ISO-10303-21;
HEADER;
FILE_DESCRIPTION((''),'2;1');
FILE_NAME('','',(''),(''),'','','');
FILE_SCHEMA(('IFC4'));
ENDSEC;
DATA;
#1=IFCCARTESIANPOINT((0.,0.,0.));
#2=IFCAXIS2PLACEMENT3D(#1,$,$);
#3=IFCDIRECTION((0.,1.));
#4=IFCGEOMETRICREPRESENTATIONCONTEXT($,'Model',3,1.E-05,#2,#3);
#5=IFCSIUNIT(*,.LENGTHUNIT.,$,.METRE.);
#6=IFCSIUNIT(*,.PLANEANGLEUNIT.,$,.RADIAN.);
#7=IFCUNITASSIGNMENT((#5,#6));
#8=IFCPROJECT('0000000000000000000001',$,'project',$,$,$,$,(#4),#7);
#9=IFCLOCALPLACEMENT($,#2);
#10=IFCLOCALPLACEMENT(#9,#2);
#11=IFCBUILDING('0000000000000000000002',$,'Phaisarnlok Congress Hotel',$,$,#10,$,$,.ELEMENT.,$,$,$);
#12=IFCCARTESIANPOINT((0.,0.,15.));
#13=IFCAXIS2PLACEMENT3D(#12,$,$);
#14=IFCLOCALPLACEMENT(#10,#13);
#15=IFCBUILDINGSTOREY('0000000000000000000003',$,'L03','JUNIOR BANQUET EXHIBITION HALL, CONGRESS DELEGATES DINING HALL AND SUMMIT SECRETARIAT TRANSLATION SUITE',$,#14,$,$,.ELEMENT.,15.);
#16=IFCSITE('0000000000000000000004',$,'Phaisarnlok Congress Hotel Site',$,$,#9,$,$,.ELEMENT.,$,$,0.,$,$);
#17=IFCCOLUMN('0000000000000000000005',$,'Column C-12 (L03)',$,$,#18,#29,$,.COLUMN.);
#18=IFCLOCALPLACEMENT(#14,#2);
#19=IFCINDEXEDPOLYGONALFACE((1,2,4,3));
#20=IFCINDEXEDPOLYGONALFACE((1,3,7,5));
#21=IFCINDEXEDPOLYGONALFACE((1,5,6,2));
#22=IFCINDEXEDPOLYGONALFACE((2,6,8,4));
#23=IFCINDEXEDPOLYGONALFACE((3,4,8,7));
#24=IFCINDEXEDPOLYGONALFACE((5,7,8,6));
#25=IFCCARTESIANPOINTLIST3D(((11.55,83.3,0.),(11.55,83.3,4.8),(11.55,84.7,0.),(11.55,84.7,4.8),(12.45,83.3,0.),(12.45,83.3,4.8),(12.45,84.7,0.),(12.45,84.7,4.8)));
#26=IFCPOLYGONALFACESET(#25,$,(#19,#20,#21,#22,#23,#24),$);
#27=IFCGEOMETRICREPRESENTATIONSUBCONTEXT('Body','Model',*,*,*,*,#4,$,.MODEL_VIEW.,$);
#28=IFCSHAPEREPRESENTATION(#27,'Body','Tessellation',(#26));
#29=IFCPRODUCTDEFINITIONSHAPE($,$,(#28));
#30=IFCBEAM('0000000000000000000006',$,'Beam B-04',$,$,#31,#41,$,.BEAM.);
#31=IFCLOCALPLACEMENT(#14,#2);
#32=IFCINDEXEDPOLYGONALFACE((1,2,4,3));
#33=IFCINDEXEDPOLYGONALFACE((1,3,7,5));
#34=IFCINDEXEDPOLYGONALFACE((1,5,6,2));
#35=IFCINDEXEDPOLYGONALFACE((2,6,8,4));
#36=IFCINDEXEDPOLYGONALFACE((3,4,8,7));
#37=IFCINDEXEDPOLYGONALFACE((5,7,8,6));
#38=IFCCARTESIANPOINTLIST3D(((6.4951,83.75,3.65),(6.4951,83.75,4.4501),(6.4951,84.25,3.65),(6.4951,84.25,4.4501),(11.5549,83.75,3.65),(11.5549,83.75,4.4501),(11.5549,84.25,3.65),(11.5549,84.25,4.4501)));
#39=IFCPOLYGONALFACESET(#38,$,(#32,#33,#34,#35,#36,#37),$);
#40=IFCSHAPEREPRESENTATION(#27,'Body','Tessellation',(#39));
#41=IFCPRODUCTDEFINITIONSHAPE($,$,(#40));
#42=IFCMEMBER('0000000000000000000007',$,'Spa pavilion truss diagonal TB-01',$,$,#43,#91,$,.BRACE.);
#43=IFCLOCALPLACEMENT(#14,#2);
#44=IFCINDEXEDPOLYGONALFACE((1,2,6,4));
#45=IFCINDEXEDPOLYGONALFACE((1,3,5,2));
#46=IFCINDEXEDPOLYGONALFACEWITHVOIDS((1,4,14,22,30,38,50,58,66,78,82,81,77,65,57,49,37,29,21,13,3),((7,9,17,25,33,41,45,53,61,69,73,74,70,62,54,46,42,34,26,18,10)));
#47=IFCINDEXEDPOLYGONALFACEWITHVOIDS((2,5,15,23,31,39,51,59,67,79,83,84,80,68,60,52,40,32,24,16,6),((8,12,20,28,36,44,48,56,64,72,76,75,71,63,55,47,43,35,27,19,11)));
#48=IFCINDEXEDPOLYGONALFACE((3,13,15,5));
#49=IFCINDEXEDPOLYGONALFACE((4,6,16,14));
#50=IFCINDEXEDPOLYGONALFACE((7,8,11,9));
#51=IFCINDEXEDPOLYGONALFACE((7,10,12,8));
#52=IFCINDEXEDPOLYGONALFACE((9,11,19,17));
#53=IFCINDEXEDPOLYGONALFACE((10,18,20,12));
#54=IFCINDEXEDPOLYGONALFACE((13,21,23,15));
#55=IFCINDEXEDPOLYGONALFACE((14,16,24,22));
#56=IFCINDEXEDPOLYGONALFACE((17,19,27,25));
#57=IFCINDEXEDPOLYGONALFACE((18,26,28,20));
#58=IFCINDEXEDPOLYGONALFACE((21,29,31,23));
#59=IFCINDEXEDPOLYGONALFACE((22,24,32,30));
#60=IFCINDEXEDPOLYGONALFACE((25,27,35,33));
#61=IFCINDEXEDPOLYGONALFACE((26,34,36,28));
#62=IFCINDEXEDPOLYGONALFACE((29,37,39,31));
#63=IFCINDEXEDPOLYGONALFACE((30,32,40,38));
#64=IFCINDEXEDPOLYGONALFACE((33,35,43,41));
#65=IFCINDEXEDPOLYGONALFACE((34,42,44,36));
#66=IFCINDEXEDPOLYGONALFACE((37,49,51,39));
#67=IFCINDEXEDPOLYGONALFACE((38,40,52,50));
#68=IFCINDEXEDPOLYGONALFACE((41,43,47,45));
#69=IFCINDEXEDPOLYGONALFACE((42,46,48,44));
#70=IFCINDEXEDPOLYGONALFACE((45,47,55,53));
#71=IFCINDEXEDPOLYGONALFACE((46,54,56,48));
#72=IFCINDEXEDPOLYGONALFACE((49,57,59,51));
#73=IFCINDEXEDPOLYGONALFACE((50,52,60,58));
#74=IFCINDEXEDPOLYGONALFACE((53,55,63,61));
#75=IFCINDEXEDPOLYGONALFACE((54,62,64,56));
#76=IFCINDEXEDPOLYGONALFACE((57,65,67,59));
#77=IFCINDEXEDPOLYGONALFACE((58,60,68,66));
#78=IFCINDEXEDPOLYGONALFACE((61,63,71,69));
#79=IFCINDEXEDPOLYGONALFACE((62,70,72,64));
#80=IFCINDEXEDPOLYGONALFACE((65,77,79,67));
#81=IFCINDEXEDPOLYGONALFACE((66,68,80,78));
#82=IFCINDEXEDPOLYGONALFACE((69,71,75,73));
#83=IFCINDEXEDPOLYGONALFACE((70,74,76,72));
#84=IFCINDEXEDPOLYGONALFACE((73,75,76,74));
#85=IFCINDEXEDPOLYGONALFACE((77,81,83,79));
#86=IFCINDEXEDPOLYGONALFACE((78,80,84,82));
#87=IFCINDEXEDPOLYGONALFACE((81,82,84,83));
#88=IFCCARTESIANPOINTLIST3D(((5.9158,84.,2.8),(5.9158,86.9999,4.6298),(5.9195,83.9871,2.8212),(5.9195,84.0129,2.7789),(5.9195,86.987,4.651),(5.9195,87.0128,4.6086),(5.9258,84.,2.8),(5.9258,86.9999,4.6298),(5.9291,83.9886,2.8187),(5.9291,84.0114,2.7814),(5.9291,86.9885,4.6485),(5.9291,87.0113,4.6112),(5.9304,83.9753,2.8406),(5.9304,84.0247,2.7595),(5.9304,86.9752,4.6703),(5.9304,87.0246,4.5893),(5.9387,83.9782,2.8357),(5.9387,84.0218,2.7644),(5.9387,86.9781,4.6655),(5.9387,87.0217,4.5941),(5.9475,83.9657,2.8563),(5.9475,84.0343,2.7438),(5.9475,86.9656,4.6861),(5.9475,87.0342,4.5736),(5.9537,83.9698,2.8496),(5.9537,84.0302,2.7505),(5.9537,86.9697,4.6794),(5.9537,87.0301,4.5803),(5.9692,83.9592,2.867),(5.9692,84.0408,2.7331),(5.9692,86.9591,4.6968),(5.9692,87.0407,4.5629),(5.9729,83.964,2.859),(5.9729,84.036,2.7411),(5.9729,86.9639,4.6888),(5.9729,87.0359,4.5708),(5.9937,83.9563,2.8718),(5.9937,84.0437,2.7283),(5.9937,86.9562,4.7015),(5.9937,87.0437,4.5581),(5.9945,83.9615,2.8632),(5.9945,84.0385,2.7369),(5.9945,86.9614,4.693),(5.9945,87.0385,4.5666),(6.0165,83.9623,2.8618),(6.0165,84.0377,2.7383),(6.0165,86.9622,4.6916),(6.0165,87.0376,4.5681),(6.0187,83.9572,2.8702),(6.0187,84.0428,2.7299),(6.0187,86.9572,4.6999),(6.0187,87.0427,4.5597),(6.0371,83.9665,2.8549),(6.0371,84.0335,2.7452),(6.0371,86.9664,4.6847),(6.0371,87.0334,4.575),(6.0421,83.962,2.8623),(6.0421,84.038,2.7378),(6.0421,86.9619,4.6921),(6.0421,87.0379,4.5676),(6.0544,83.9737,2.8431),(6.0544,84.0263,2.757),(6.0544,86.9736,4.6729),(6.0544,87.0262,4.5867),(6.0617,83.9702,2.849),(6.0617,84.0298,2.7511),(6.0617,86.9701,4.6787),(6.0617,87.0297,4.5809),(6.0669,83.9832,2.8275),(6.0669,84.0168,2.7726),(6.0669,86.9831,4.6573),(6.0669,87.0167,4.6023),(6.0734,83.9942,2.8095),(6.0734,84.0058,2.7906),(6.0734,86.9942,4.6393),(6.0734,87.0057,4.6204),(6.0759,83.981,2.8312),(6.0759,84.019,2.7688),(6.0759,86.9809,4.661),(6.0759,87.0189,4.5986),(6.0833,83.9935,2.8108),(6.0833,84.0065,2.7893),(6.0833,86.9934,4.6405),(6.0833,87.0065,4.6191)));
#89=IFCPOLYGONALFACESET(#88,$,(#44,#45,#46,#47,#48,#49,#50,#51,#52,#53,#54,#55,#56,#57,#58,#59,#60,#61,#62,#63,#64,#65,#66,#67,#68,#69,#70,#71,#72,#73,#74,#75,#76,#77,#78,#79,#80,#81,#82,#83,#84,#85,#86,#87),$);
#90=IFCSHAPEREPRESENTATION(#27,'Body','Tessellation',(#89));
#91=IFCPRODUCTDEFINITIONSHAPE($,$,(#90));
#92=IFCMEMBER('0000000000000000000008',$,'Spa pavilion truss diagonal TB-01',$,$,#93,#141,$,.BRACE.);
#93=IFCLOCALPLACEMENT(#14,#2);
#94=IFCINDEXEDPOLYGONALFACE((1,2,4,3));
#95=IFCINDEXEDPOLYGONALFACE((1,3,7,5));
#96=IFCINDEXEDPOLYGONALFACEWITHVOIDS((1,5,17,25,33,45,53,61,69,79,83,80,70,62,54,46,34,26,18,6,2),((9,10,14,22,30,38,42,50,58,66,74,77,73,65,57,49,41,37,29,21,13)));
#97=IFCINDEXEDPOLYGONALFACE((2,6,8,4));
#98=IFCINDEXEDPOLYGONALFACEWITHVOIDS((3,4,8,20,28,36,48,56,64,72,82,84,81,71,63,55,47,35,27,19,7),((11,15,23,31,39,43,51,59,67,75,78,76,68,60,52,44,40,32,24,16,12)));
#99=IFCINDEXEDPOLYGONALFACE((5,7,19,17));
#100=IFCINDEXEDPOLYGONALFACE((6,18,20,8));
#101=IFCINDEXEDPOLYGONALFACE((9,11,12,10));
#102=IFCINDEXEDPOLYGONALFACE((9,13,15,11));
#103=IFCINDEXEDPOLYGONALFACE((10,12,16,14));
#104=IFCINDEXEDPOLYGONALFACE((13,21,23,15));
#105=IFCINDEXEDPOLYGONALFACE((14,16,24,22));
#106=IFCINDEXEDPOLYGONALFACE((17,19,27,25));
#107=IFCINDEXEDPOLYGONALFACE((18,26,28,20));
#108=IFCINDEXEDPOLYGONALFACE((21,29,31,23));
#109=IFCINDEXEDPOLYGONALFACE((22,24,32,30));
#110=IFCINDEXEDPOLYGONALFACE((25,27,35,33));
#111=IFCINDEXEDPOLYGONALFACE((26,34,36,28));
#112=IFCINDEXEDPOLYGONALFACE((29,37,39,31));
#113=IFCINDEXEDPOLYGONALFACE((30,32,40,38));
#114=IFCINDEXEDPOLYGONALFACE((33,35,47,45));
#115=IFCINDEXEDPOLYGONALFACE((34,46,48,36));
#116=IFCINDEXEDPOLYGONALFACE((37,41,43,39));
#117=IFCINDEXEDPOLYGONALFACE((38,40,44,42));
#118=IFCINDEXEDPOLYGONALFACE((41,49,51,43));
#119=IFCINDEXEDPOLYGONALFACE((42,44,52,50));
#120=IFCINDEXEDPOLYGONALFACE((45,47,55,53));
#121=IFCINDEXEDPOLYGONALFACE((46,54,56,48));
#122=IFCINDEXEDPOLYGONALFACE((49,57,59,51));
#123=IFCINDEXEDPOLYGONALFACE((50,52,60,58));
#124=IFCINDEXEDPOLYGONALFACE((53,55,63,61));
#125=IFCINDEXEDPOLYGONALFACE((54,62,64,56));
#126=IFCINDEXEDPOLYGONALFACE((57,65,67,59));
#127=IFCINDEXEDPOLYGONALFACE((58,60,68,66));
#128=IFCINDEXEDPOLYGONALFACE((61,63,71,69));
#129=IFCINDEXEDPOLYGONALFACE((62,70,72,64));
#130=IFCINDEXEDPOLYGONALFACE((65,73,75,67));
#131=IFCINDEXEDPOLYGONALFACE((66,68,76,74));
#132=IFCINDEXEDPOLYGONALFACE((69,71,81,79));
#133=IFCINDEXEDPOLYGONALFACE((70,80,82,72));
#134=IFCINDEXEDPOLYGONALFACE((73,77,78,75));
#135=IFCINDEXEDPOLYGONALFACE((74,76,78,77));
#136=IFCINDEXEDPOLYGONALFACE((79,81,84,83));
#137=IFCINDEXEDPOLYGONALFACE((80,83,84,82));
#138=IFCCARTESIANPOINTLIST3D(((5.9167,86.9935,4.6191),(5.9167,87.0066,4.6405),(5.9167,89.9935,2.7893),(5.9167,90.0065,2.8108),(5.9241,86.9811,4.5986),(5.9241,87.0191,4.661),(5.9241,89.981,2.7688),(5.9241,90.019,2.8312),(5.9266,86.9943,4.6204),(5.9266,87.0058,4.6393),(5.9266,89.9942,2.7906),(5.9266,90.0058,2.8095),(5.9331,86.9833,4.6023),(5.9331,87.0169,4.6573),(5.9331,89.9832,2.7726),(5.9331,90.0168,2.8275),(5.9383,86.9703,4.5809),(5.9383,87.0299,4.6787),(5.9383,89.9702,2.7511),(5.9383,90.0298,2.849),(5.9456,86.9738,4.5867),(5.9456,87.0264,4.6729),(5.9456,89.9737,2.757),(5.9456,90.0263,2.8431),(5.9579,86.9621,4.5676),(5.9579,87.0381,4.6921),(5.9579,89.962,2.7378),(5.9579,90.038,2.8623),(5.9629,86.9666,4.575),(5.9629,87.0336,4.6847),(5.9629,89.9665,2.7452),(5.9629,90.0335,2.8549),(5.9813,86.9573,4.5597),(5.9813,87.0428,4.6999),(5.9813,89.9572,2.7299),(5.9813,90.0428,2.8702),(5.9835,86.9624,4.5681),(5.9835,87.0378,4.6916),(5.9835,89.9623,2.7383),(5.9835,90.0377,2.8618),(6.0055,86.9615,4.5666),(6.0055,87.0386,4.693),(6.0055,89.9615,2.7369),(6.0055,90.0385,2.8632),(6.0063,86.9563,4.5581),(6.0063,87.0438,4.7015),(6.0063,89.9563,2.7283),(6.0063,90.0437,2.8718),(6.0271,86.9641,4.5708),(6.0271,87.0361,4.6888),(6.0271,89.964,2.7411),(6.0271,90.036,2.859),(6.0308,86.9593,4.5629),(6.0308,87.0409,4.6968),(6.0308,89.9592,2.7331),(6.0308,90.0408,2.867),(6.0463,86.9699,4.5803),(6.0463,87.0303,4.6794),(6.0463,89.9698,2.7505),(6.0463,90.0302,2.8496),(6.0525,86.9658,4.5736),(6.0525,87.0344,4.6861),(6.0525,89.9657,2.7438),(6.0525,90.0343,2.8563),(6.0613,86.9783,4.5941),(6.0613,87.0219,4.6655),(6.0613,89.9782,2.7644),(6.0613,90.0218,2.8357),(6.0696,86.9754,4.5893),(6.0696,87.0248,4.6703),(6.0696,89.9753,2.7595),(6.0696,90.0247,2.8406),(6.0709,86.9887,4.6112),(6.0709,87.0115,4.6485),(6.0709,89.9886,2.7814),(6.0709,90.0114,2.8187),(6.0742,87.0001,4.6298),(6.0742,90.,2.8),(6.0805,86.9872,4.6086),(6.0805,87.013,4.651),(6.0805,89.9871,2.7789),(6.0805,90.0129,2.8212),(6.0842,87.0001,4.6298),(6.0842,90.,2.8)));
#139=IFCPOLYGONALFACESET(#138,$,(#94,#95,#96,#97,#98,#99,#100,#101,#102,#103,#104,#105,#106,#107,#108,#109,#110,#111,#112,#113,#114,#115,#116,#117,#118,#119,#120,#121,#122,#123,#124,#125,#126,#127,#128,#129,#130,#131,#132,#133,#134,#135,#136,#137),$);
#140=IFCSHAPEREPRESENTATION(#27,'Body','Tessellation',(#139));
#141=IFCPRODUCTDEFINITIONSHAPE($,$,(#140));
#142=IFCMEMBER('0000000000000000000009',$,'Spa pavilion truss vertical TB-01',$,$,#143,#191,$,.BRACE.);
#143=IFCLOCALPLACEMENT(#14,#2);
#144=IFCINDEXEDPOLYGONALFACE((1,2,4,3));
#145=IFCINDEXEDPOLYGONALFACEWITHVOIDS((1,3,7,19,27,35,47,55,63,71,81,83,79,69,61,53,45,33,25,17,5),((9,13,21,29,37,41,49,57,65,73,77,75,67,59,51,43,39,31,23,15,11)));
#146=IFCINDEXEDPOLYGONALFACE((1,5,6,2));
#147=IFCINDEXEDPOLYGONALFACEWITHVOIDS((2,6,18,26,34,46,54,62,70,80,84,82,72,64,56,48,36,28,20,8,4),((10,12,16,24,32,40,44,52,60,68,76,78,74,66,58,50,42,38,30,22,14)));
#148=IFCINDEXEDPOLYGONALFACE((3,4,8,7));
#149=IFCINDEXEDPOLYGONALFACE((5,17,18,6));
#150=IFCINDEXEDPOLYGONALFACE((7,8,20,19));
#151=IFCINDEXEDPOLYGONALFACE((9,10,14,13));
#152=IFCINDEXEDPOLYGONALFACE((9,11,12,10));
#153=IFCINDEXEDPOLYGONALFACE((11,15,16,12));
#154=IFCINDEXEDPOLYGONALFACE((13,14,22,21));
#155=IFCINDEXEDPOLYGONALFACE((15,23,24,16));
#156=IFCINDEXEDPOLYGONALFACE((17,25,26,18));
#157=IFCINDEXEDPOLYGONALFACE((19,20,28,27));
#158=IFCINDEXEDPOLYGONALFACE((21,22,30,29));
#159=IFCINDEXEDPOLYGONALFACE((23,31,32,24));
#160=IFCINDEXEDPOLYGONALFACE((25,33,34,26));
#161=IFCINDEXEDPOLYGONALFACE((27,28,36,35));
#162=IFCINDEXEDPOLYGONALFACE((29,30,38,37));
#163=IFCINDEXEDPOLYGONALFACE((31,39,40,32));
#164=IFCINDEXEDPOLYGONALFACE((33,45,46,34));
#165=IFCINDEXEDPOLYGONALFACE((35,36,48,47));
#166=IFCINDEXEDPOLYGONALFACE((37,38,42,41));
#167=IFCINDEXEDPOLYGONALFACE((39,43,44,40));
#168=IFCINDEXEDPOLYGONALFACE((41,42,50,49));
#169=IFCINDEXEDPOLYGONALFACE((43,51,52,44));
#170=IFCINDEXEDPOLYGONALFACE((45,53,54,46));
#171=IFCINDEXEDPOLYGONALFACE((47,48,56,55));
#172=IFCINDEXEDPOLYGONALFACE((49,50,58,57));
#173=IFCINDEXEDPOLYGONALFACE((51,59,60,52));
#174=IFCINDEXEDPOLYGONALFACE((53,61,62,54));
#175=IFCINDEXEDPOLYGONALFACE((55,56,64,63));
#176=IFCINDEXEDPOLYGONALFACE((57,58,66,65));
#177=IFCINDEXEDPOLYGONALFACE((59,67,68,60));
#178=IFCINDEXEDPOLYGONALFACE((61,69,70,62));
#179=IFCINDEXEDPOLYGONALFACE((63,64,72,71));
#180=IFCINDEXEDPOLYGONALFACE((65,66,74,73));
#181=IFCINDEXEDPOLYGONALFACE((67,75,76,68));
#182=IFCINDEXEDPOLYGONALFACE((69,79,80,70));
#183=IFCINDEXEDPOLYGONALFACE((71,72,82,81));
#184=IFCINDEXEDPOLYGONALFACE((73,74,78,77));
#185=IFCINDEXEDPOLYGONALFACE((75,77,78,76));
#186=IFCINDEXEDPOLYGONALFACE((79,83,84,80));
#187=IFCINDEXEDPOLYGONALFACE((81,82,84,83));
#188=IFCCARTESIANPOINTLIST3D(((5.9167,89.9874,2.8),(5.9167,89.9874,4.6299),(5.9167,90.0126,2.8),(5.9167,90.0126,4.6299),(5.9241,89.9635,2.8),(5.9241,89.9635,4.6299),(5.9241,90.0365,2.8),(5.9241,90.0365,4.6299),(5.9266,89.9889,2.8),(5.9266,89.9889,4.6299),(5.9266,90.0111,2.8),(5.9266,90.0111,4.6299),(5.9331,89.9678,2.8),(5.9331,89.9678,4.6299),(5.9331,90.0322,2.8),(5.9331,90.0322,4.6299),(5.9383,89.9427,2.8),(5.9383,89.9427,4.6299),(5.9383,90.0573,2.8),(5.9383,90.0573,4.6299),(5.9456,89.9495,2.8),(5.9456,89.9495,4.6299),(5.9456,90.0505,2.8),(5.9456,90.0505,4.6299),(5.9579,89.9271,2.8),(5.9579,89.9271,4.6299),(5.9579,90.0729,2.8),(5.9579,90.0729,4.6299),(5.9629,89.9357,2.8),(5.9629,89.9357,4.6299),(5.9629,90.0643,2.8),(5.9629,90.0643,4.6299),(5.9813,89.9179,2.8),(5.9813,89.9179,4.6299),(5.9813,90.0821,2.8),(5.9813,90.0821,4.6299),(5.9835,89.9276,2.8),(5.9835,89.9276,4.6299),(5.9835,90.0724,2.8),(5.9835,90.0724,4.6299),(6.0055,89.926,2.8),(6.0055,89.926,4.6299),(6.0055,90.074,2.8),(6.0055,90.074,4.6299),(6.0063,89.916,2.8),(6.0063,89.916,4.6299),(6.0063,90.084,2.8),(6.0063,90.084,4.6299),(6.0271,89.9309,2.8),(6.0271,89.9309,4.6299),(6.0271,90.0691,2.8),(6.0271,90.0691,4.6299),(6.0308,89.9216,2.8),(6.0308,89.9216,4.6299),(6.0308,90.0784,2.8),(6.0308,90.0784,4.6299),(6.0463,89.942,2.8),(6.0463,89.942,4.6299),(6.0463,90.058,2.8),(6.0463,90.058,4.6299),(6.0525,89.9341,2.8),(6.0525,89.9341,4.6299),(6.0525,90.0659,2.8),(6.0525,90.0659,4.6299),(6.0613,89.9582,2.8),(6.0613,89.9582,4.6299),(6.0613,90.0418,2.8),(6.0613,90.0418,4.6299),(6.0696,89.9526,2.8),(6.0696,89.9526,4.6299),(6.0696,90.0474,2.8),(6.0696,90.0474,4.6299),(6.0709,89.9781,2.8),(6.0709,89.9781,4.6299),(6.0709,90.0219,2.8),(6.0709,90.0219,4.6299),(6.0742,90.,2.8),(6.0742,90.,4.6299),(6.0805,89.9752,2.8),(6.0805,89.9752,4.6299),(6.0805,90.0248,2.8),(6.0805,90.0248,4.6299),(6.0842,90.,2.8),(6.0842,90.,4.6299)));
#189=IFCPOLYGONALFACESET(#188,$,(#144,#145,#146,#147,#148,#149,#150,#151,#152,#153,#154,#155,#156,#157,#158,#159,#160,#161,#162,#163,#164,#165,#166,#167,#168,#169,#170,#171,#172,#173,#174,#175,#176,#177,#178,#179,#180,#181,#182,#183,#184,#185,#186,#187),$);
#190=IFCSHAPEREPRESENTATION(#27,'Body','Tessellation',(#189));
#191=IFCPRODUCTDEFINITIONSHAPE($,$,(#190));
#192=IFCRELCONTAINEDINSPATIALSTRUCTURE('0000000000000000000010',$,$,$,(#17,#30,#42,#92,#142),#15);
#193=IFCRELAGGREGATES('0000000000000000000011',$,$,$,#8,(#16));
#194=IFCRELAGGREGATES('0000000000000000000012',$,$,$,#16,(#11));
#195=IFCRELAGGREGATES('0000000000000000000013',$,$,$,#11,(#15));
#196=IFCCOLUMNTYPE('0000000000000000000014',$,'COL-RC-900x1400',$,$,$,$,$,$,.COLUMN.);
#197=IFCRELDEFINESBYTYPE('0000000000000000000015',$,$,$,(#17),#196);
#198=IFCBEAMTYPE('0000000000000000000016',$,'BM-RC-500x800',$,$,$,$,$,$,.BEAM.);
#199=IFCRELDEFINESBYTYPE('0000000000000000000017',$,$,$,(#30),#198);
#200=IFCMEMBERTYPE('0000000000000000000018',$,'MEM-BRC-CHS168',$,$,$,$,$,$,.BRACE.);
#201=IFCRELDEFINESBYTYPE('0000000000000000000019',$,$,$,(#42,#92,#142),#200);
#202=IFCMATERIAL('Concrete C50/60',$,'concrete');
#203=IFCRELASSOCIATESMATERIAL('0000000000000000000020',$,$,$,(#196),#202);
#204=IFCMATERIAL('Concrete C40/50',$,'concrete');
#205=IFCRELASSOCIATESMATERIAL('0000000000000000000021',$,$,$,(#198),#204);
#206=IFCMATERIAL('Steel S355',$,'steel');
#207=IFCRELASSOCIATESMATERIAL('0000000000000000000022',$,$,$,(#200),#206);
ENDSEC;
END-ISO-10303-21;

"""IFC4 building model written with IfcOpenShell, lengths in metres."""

from ifc_helpers import new_model, si_unit, direction, frame, origin, origin_2d, place, context, subcontext, project, spatial, rectangle, hollow_circle, extrude, material, material_profile, profile_set, type_object, element, save


model = new_model("IFC4")

# Units and contexts
model_context = context("Model", 3, precision=1e-05, world=origin(), true_north=direction((0.0, 1.0)))
body_context = subcontext(model_context, "Body", "Model", "MODEL_VIEW")
ifc_project = project(units=[si_unit("LENGTHUNIT", "METRE"), si_unit("PLANEANGLEUNIT", "RADIAN")], contexts=[model_context])

# Site, building, storey
site_placement = place(None, origin())
site = spatial("IfcSite", under=ifc_project, at=site_placement, Name="Phaisarnlok Congress Hotel Site", CompositionType="ELEMENT", RefElevation=0.0)
building_placement = place(site_placement, origin())
building = spatial("IfcBuilding", under=site, at=building_placement, Name="Phaisarnlok Congress Hotel", CompositionType="ELEMENT")
storey_placement = place(building_placement, frame((0.0, 0.0, 15.0)))
storey = spatial("IfcBuildingStorey", under=building, at=storey_placement, Name="L03", Description="JUNIOR BANQUET EXHIBITION HALL, CONGRESS DELEGATES DINING HALL AND SUMMIT SECRETARIAT TRANSLATION SUITE", CompositionType="ELEMENT", Elevation=15.0)

# Column
ifc_material_1 = material(Name="Concrete C50/60", Category="concrete")
ifc_material_profile_1 = material_profile(ifc_material_1, rectangle(XDim=0.8999, YDim=1.3999, at=origin_2d()), Name="RC 900x1400")
ifc_profile_set_1 = profile_set([ifc_material_profile_1], Name="Concrete C50/60")
column_type = type_object("IfcColumnType", Name="COL-RC-900x1400", PredefinedType="COLUMN", material=ifc_profile_set_1)
column_placement = place(storey_placement, frame((12.0, 84.0, 0.0), z_axis=(0.0, 0.0, 1.0), x_axis=(1.0, 0.0, 0.0)))
element("IfcColumn", 1, at=column_placement, inside=storey, type_object=column_type, Name="Column C-12 (L03)", PredefinedType="COLUMN", context=body_context, shape_type="SweptSolid", body=[
    extrude(rectangle(XDim=0.8999, YDim=1.3999, at=origin_2d()), origin(), (0.0, 0.0, 1.0), 4.8),
])

# Beam
ifc_material_2 = material(Name="Concrete C40/50", Category="concrete")
ifc_material_profile_2 = material_profile(ifc_material_2, rectangle(XDim=0.5, YDim=0.8, at=origin_2d()), Name="RC 500x800")
ifc_profile_set_2 = profile_set([ifc_material_profile_2], Name="Concrete C40/50")
beam_type = type_object("IfcBeamType", Name="BM-RC-500x800", PredefinedType="BEAM", material=ifc_profile_set_2)
beam_placement = place(storey_placement, frame((6.4951, 84.0, 4.05), z_axis=(1.0, 0.0, 0.0), x_axis=(0.0, 1.0, 0.0)))
element("IfcBeam", 2, at=beam_placement, inside=storey, type_object=beam_type, Name="Beam B-04", PredefinedType="BEAM", context=body_context, shape_type="SweptSolid", body=[
    extrude(rectangle(XDim=0.5, YDim=0.8, at=origin_2d()), origin(), (0.0, 0.0, 1.0), 5.0598),
])

# Members
ifc_material_3 = material(Name="Steel S355", Category="steel")
ifc_material_profile_3 = material_profile(ifc_material_3, hollow_circle(Radius=0.0842, WallThickness=0.01, at=origin_2d()), Name="CHS 168.3x10")
ifc_profile_set_3 = profile_set([ifc_material_profile_3], Name="Steel S355")
member_type_1 = type_object("IfcMemberType", Name="MEM-BRC-CHS168", PredefinedType="BRACE", material=ifc_profile_set_3)
for number, where, z_axis, x_axis, name in (
    (3, (6.0, 84.0, 2.8), (0.0, 0.853725, 0.520725), (-1.0, 0.0, 0.0), "Spa pavilion truss diagonal TB-01"),
    (4, (6.0, 90.0, 2.8), (0.0, -0.853725, 0.520725), (1.0, 0.0, 0.0), "Spa pavilion truss diagonal TB-01"),
):
    element("IfcMember", number, at=place(storey_placement, frame(where, z_axis=z_axis, x_axis=x_axis)), inside=storey, type_object=member_type_1, Name=name, PredefinedType="BRACE", context=body_context, shape_type="SweptSolid", body=[
        extrude(hollow_circle(Radius=0.0842, WallThickness=0.01, at=origin_2d()), origin(), (0.0, 0.0, 1.0), 3.5139),
    ])
member_1_placement = place(storey_placement, frame((6.0, 90.0, 2.8), z_axis=(0.0, 0.0, 1.0), x_axis=(1.0, 0.0, 0.0)))
element("IfcMember", 5, at=member_1_placement, inside=storey, type_object=member_type_1, Name="Spa pavilion truss vertical TB-01", PredefinedType="BRACE", context=body_context, shape_type="SweptSolid", body=[
    extrude(hollow_circle(Radius=0.0842, WallThickness=0.01, at=origin_2d()), origin(), (0.0, 0.0, 1.0), 1.8298),
])

save(model, "model.ifc")
